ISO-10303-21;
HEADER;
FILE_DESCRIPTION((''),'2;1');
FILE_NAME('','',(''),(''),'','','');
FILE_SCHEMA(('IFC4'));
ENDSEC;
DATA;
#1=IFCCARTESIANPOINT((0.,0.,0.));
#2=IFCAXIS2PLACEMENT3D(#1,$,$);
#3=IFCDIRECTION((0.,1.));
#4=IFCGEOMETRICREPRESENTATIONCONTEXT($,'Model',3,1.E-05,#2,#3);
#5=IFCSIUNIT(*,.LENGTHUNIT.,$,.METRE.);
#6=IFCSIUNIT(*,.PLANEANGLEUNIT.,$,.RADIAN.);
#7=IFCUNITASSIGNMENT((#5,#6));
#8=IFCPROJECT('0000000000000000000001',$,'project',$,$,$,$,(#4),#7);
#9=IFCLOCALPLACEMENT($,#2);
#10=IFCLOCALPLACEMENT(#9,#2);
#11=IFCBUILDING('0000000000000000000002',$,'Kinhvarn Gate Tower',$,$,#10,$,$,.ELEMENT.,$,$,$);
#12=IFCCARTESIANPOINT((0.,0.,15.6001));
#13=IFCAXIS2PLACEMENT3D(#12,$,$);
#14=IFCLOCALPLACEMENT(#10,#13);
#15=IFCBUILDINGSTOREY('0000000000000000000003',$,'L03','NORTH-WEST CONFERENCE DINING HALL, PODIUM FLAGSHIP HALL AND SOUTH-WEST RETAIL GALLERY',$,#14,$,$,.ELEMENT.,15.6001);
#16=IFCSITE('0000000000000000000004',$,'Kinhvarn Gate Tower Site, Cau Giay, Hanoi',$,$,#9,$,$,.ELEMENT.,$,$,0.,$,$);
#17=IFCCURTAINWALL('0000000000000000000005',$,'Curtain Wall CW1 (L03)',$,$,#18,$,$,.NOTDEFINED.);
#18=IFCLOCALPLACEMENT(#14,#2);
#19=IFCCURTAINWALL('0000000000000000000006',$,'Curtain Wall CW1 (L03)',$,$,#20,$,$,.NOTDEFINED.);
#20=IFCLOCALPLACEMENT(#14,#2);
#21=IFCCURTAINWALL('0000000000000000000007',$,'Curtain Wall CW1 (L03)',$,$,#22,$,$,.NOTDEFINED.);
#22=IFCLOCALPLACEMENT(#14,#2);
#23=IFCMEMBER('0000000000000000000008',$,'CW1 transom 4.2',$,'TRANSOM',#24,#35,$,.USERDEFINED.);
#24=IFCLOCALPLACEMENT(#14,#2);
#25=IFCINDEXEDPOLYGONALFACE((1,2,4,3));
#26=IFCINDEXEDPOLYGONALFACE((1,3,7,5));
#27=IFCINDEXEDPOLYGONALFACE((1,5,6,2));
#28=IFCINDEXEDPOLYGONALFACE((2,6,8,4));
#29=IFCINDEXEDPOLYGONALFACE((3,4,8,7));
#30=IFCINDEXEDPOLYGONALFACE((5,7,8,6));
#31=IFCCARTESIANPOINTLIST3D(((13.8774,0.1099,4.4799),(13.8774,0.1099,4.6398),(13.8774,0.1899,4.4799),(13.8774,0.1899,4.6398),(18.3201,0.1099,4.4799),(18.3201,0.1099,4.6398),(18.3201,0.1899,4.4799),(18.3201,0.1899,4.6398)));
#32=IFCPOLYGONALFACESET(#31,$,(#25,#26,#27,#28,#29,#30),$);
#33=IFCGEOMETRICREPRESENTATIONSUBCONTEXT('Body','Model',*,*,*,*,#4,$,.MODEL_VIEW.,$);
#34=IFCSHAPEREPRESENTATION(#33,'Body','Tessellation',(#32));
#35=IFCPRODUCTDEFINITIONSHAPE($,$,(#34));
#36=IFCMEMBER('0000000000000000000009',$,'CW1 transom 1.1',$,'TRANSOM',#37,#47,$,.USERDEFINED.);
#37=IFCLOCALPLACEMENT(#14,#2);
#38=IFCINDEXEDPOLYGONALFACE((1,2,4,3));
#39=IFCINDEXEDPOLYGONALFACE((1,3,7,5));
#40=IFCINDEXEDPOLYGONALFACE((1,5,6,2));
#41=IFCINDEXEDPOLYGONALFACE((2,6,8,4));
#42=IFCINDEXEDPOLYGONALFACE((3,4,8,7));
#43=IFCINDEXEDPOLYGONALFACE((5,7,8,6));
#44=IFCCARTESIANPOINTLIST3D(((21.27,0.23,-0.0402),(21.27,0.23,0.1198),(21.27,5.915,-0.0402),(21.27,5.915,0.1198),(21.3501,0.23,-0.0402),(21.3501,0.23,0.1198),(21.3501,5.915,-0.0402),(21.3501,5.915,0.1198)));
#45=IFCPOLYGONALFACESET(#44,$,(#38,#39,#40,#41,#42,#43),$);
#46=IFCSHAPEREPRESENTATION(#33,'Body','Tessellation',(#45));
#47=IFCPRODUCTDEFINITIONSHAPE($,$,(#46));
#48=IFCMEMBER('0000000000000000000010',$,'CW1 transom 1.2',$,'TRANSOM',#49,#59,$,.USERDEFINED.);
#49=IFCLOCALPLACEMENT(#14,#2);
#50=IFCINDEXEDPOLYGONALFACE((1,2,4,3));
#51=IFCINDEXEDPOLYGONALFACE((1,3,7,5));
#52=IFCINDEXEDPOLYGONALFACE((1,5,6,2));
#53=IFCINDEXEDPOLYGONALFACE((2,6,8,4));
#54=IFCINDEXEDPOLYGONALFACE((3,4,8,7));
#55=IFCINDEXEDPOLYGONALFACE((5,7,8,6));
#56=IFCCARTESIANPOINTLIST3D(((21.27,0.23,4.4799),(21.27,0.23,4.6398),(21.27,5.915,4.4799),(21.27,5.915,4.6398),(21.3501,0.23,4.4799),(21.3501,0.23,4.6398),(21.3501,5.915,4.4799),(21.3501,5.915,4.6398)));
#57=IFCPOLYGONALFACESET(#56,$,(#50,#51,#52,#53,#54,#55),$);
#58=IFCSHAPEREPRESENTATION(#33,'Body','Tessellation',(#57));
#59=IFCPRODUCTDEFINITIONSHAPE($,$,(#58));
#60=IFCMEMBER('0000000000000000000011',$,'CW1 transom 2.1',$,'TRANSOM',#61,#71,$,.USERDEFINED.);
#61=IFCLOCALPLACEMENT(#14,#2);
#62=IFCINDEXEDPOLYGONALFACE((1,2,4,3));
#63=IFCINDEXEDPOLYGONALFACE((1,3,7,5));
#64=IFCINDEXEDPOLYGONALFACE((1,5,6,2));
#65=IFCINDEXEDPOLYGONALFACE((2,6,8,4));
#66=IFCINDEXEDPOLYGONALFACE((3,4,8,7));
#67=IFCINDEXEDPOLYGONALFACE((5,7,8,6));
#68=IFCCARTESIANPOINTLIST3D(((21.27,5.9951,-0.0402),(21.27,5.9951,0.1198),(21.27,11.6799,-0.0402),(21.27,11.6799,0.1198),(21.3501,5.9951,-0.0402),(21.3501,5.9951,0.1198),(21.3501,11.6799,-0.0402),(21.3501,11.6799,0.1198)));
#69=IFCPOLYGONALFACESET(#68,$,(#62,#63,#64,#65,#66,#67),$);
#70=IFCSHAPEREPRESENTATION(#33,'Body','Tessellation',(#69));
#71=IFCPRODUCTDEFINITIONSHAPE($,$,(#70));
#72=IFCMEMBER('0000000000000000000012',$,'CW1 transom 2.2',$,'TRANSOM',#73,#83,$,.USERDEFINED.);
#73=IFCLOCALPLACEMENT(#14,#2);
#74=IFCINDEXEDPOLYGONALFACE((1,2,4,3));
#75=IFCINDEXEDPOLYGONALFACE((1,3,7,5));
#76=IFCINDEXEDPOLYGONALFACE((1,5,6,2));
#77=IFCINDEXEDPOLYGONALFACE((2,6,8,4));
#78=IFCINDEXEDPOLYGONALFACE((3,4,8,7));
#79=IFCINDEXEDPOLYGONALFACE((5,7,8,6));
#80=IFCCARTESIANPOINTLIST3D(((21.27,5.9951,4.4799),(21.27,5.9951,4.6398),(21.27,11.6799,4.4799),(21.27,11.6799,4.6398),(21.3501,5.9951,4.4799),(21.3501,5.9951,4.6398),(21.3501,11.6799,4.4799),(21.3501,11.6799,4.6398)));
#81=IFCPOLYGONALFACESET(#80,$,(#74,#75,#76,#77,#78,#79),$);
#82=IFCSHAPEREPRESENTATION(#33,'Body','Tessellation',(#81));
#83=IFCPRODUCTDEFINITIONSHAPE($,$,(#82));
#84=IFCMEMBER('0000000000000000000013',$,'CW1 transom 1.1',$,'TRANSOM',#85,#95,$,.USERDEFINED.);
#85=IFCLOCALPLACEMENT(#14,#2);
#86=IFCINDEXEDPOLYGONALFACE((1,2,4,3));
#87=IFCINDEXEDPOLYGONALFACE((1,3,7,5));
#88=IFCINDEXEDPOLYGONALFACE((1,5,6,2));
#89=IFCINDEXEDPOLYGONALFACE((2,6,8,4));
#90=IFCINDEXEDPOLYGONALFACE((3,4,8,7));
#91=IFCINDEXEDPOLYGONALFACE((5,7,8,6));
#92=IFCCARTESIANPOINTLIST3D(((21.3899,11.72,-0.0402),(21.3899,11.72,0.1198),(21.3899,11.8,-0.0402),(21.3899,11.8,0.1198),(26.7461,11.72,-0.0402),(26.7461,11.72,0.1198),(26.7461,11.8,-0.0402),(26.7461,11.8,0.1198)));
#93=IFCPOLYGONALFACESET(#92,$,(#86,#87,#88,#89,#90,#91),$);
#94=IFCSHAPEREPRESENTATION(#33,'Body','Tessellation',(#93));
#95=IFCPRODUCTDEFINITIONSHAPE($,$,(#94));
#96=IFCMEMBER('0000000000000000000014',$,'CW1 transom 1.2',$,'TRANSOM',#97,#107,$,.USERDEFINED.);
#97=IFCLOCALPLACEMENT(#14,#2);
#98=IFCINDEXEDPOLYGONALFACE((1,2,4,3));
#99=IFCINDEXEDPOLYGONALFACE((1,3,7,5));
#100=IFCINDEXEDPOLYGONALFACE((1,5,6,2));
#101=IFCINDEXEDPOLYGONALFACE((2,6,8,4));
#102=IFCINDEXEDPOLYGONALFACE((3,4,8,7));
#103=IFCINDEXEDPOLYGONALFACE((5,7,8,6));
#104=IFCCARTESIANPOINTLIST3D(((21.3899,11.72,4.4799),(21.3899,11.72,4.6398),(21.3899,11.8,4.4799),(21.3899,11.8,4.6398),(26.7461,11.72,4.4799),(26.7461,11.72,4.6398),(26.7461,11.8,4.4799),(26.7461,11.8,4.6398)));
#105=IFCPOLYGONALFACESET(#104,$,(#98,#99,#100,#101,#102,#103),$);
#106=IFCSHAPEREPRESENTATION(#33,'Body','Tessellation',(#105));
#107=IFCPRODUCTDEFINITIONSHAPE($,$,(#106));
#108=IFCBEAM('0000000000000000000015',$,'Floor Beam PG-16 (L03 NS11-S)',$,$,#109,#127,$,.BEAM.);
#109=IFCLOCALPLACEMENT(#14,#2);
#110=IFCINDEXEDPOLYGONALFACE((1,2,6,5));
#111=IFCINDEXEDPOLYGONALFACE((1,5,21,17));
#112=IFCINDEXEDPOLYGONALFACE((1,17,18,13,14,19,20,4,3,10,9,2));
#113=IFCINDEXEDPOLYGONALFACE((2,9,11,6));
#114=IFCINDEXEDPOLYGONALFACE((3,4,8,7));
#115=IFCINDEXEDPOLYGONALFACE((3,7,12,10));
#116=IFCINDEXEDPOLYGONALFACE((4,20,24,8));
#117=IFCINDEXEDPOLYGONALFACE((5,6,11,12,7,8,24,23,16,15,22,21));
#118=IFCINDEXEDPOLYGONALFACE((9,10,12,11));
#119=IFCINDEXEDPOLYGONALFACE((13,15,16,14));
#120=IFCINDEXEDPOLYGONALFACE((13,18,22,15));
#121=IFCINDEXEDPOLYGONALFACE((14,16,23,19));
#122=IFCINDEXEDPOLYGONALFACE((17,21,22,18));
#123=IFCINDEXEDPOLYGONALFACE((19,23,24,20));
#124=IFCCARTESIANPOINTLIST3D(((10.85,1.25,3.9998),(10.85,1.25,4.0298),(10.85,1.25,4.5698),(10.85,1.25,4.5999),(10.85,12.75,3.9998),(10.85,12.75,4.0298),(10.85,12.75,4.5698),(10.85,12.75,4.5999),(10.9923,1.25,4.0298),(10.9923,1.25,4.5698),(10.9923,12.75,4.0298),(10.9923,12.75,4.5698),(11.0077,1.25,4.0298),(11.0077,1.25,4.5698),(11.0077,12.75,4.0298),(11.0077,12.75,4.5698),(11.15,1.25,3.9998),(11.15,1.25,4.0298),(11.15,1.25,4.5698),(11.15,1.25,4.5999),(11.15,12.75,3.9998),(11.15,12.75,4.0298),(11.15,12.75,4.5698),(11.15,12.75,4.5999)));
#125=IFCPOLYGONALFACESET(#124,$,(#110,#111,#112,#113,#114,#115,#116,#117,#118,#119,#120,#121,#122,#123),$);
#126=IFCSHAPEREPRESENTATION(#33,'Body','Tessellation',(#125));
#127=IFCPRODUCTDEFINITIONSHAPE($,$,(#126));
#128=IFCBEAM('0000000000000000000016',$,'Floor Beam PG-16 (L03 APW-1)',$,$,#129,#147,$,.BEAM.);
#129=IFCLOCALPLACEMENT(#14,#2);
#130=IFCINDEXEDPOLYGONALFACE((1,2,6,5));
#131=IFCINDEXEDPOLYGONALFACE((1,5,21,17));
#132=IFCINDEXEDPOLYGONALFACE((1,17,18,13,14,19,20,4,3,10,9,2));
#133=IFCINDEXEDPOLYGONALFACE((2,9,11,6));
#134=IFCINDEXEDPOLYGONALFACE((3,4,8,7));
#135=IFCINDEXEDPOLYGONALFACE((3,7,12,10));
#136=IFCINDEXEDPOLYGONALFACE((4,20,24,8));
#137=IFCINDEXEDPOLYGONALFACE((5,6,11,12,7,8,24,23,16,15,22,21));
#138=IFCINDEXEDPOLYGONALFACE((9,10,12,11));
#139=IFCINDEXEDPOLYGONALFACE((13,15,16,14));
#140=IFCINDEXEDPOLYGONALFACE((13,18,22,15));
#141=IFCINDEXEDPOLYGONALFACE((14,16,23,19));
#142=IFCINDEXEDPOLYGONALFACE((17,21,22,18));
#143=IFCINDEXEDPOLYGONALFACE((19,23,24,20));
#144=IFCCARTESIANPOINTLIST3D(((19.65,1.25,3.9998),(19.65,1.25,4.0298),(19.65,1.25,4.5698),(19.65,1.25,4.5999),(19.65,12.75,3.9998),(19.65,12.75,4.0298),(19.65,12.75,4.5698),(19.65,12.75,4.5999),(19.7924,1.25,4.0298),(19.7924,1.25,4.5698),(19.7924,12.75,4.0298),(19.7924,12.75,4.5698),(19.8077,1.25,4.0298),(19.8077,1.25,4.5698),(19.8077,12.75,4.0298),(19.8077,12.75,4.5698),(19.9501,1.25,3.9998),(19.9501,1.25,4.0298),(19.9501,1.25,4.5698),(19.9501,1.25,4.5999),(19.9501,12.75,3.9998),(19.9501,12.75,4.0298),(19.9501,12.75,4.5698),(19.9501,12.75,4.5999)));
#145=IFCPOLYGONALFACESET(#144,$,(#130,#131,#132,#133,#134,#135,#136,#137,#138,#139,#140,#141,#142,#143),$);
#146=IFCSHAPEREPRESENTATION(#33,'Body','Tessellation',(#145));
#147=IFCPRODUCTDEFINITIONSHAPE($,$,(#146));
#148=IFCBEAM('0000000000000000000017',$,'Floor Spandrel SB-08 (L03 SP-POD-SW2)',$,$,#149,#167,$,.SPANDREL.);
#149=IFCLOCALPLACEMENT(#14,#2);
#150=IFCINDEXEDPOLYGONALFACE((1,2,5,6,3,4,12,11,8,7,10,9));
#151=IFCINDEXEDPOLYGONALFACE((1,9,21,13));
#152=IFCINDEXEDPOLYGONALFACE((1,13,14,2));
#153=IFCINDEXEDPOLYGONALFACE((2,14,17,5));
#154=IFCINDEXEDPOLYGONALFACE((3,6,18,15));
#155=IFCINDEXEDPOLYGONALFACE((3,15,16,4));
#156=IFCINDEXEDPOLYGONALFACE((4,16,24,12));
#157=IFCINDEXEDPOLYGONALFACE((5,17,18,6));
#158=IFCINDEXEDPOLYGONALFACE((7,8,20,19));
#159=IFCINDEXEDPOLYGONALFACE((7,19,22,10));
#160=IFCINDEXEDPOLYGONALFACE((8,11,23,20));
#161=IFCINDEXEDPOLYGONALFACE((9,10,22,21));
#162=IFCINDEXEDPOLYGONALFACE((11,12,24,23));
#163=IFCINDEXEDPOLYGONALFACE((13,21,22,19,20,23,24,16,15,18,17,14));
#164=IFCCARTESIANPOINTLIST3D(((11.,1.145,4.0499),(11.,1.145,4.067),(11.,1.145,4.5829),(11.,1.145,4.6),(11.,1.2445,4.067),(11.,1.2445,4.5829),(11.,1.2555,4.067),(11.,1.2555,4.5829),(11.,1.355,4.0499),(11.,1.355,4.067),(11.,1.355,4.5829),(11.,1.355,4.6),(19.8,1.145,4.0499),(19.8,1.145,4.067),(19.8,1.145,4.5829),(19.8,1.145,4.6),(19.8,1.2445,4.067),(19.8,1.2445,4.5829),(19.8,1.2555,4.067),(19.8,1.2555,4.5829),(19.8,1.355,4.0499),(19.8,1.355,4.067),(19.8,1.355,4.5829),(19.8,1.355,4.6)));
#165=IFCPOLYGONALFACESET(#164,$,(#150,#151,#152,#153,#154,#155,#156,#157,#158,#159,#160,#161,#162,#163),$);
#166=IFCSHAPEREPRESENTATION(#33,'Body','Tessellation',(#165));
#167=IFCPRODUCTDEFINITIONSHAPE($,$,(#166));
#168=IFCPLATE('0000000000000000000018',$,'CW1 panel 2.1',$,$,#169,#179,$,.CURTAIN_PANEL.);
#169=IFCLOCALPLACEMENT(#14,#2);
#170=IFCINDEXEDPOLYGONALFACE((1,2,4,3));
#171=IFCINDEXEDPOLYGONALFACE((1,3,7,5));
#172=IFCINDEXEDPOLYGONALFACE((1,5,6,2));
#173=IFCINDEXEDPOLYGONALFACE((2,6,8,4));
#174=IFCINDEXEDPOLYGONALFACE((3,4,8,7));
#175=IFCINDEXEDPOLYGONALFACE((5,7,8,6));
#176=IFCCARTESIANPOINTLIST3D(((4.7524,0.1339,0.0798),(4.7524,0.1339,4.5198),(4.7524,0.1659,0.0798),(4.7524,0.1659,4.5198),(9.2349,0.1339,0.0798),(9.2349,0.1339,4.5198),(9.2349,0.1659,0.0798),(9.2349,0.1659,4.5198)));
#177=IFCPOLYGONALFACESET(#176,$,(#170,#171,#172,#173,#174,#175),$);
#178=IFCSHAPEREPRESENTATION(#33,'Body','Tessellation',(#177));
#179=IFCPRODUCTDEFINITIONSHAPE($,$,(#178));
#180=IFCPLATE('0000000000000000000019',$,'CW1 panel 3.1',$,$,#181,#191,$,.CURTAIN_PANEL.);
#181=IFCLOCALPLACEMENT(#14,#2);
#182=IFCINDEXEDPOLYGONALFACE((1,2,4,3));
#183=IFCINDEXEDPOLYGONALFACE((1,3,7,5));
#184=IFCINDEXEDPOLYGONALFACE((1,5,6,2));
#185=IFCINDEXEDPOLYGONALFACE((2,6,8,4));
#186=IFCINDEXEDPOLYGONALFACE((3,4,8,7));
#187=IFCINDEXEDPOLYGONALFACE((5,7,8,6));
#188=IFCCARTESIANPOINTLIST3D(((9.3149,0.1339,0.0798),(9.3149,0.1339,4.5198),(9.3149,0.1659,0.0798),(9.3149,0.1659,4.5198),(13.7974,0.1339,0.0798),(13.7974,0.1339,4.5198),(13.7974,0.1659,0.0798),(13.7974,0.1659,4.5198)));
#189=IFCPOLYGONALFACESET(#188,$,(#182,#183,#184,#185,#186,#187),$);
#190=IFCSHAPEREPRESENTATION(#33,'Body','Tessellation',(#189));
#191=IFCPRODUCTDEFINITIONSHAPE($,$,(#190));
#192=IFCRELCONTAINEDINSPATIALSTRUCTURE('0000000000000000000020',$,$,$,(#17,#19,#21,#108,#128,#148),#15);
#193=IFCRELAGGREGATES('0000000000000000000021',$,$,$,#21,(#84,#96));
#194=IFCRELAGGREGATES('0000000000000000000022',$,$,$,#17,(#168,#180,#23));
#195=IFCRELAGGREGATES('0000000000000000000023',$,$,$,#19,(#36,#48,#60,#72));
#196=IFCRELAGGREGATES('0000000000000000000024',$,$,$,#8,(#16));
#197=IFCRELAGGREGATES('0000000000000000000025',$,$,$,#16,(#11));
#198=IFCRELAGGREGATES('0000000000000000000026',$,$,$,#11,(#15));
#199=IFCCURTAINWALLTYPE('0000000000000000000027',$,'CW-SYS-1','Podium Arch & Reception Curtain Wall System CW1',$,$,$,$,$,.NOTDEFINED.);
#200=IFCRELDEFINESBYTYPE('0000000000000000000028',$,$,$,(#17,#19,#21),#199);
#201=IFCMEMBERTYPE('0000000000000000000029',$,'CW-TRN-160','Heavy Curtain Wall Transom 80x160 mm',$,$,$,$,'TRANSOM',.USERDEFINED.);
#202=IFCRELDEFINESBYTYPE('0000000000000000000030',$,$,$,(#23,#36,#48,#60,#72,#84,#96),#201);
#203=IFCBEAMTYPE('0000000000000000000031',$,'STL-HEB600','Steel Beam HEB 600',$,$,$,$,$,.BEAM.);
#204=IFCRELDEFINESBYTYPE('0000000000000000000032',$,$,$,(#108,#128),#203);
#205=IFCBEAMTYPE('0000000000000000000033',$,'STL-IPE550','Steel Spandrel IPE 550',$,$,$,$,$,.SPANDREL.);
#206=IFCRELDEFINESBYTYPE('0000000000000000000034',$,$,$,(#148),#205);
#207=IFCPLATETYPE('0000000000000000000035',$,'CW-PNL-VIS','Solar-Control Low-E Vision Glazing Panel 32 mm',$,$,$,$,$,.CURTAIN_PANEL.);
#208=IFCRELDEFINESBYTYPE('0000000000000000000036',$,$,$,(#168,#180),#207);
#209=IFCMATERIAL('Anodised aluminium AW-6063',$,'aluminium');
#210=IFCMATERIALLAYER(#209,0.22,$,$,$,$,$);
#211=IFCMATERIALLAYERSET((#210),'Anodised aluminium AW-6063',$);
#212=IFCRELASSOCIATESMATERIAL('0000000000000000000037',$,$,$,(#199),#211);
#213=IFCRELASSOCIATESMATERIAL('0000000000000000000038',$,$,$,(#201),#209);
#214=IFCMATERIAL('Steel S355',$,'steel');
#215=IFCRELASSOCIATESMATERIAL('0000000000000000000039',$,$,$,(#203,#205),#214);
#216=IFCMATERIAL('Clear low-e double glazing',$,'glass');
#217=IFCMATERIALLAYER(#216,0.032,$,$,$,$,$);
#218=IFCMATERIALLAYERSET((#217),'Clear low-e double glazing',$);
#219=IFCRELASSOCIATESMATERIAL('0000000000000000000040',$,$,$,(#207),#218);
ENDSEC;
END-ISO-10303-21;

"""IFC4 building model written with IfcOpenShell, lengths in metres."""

from ifc_helpers import new_model, si_unit, direction, frame, origin, origin_2d, place, context, subcontext, project, spatial, rectangle, i_section, extrude, material, layer, layer_set, material_profile, profile_set, type_object, element, aggregate, save


model = new_model("IFC4")

# Units and contexts
model_context = context("Model", 3, precision=1e-05, world=origin(), true_north=direction((0.0, 1.0)))
body_context = subcontext(model_context, "Body", "Model", "MODEL_VIEW")
ifc_project = project(units=[si_unit("LENGTHUNIT", "METRE"), si_unit("PLANEANGLEUNIT", "RADIAN")], contexts=[model_context])

# Site, building, storey
site_placement = place(None, origin())
site = spatial("IfcSite", under=ifc_project, at=site_placement, Name="Kinhvarn Gate Tower Site, Cau Giay, Hanoi", CompositionType="ELEMENT", RefElevation=0.0)
building_placement = place(site_placement, origin())
building = spatial("IfcBuilding", under=site, at=building_placement, Name="Kinhvarn Gate Tower", CompositionType="ELEMENT")
storey_placement = place(building_placement, frame((0.0, 0.0, 15.6001)))
storey = spatial("IfcBuildingStorey", under=building, at=storey_placement, Name="L03", Description="NORTH-WEST CONFERENCE DINING HALL, PODIUM FLAGSHIP HALL AND SOUTH-WEST RETAIL GALLERY", CompositionType="ELEMENT", Elevation=15.6001)

# Curtain walls
ifc_material_1 = material(Name="Anodised aluminium AW-6063", Category="aluminium")
ifc_layer_1 = layer(ifc_material_1, 0.22)
ifc_layer_set_1 = layer_set([ifc_layer_1], Name="Anodised aluminium AW-6063")
curtain_wall_type = type_object("IfcCurtainWallType", Name="CW-SYS-1", Description="Podium Arch & Reception Curtain Wall System CW1", PredefinedType="NOTDEFINED", material=ifc_layer_set_1)
curtain_wall_1_placement = place(storey_placement, origin())
curtain_wall_1 = element("IfcCurtainWall", 1, at=curtain_wall_1_placement, inside=storey, type_object=curtain_wall_type, Name="Curtain Wall CW1 (L03)", PredefinedType="NOTDEFINED")
curtain_wall_2_placement = place(storey_placement, origin())
curtain_wall_2 = element("IfcCurtainWall", 2, at=curtain_wall_2_placement, inside=storey, type_object=curtain_wall_type, Name="Curtain Wall CW1 (L03)", PredefinedType="NOTDEFINED")

# Curtain wall
curtain_wall_3_placement = place(storey_placement, origin())
curtain_wall_3 = element("IfcCurtainWall", 3, at=curtain_wall_3_placement, inside=storey, type_object=curtain_wall_type, Name="Curtain Wall CW1 (L03)", PredefinedType="NOTDEFINED")

# Members
ifc_material_profile_1 = material_profile(ifc_material_1, rectangle(XDim=0.0801, YDim=0.1599, at=origin_2d()), Name="ALU 80x160")
ifc_profile_set_1 = profile_set([ifc_material_profile_1], Name="Anodised aluminium AW-6063")
member_type_1 = type_object("IfcMemberType", Name="CW-TRN-160", Description="Heavy Curtain Wall Transom 80x160 mm", ElementType="TRANSOM", PredefinedType="USERDEFINED", material=ifc_profile_set_1)
member_1_placement = place(storey_placement, frame((13.8774, 0.1499, 4.5598), z_axis=(1.0, 0.0, 0.0), x_axis=(0.0, 1.0, 0.0)))
member_1 = element("IfcMember", 4, at=member_1_placement, type_object=member_type_1, Name="CW1 transom 4.2", ObjectType="TRANSOM", PredefinedType="USERDEFINED", context=body_context, shape_type="SweptSolid", body=[
    extrude(rectangle(XDim=0.0801, YDim=0.1599, at=origin_2d()), origin(), (0.0, 0.0, 1.0), 4.4426),
])
member_2_placement = place(storey_placement, frame((21.3101, 0.23, 0.0398), z_axis=(0.0, 1.0, 0.0), x_axis=(-1.0, 0.0, 0.0)))
member_2 = element("IfcMember", 5, at=member_2_placement, type_object=member_type_1, Name="CW1 transom 1.1", ObjectType="TRANSOM", PredefinedType="USERDEFINED", context=body_context, shape_type="SweptSolid", body=[
    extrude(rectangle(XDim=0.0801, YDim=0.1599, at=origin_2d()), origin(), (0.0, 0.0, 1.0), 5.6851),
])
member_3_placement = place(storey_placement, frame((21.3101, 0.23, 4.5598), z_axis=(0.0, 1.0, 0.0), x_axis=(-1.0, 0.0, 0.0)))
member_3 = element("IfcMember", 6, at=member_3_placement, type_object=member_type_1, Name="CW1 transom 1.2", ObjectType="TRANSOM", PredefinedType="USERDEFINED", context=body_context, shape_type="SweptSolid", body=[
    extrude(rectangle(XDim=0.0801, YDim=0.1599, at=origin_2d()), origin(), (0.0, 0.0, 1.0), 5.6851),
])
member_4_placement = place(storey_placement, frame((21.3101, 5.9951, 0.0398), z_axis=(0.0, 1.0, 0.0), x_axis=(-1.0, 0.0, 0.0)))
member_4 = element("IfcMember", 7, at=member_4_placement, type_object=member_type_1, Name="CW1 transom 2.1", ObjectType="TRANSOM", PredefinedType="USERDEFINED", context=body_context, shape_type="SweptSolid", body=[
    extrude(rectangle(XDim=0.0801, YDim=0.1599, at=origin_2d()), origin(), (0.0, 0.0, 1.0), 5.6848),
])
member_5_placement = place(storey_placement, frame((21.3101, 5.9951, 4.5598), z_axis=(0.0, 1.0, 0.0), x_axis=(-1.0, 0.0, 0.0)))
member_5 = element("IfcMember", 8, at=member_5_placement, type_object=member_type_1, Name="CW1 transom 2.2", ObjectType="TRANSOM", PredefinedType="USERDEFINED", context=body_context, shape_type="SweptSolid", body=[
    extrude(rectangle(XDim=0.0801, YDim=0.1599, at=origin_2d()), origin(), (0.0, 0.0, 1.0), 5.6848),
])
member_6_placement = place(storey_placement, frame((21.3899, 11.76, 0.0398), z_axis=(1.0, 0.0, 0.0), x_axis=(0.0, 1.0, 0.0)))
member_6 = element("IfcMember", 9, at=member_6_placement, type_object=member_type_1, Name="CW1 transom 1.1", ObjectType="TRANSOM", PredefinedType="USERDEFINED", context=body_context, shape_type="SweptSolid", body=[
    extrude(rectangle(XDim=0.0801, YDim=0.1599, at=origin_2d()), origin(), (0.0, 0.0, 1.0), 5.3562),
])
member_7_placement = place(storey_placement, frame((21.3899, 11.76, 4.5598), z_axis=(1.0, 0.0, 0.0), x_axis=(0.0, 1.0, 0.0)))
member_7 = element("IfcMember", 10, at=member_7_placement, type_object=member_type_1, Name="CW1 transom 1.2", ObjectType="TRANSOM", PredefinedType="USERDEFINED", context=body_context, shape_type="SweptSolid", body=[
    extrude(rectangle(XDim=0.0801, YDim=0.1599, at=origin_2d()), origin(), (0.0, 0.0, 1.0), 5.3562),
])
aggregate(curtain_wall_3, [member_6, member_7])

# Beams
ifc_material_2 = material(Name="Steel S355", Category="steel")
ifc_material_profile_2 = material_profile(ifc_material_2, i_section(OverallWidth=0.3, OverallDepth=0.6001, WebThickness=0.0154, FlangeThickness=0.03, at=origin_2d()), Name="HEB 600")
ifc_profile_set_2 = profile_set([ifc_material_profile_2], Name="Steel S355")
beam_type_1 = type_object("IfcBeamType", Name="STL-HEB600", Description="Steel Beam HEB 600", PredefinedType="BEAM", material=ifc_profile_set_2)
for number, where, z_axis, x_axis, name in (
    (11, (11.0, 1.25, 4.2998), (0.0, 1.0, 0.0), (-1.0, 0.0, 0.0), "Floor Beam PG-16 (L03 NS11-S)"),
    (12, (19.8, 1.25, 4.2998), (0.0, 1.0, 0.0), (-1.0, 0.0, 0.0), "Floor Beam PG-16 (L03 APW-1)"),
):
    element("IfcBeam", number, at=place(storey_placement, frame(where, z_axis=z_axis, x_axis=x_axis)), inside=storey, type_object=beam_type_1, Name=name, PredefinedType="BEAM", context=body_context, shape_type="SweptSolid", body=[
        extrude(i_section(OverallWidth=0.3, OverallDepth=0.6001, WebThickness=0.0154, FlangeThickness=0.03, at=origin_2d()), origin(), (0.0, 0.0, 1.0), 11.5),
    ])
ifc_material_profile_3 = material_profile(ifc_material_2, i_section(OverallWidth=0.21, OverallDepth=0.55, WebThickness=0.011, FlangeThickness=0.0171, at=origin_2d()), Name="IPE 550")
ifc_profile_set_3 = profile_set([ifc_material_profile_3], Name="Steel S355")
beam_type_2 = type_object("IfcBeamType", Name="STL-IPE550", Description="Steel Spandrel IPE 550", PredefinedType="SPANDREL", material=ifc_profile_set_3)
beam_1_placement = place(storey_placement, frame((11.0, 1.25, 4.325), z_axis=(1.0, 0.0, 0.0), x_axis=(0.0, 1.0, 0.0)))
element("IfcBeam", 13, at=beam_1_placement, inside=storey, type_object=beam_type_2, Name="Floor Spandrel SB-08 (L03 SP-POD-SW2)", PredefinedType="SPANDREL", context=body_context, shape_type="SweptSolid", body=[
    extrude(i_section(OverallWidth=0.21, OverallDepth=0.55, WebThickness=0.011, FlangeThickness=0.0171, at=origin_2d()), origin(), (0.0, 0.0, 1.0), 8.8),
])

# Plates
ifc_material_3 = material(Name="Clear low-e double glazing", Category="glass")
ifc_layer_2 = layer(ifc_material_3, 0.032)
ifc_layer_set_2 = layer_set([ifc_layer_2], Name="Clear low-e double glazing")
plate_type = type_object("IfcPlateType", Name="CW-PNL-VIS", Description="Solar-Control Low-E Vision Glazing Panel 32 mm", PredefinedType="CURTAIN_PANEL", material=ifc_layer_set_2)
plate_1_placement = place(storey_placement, frame((6.9937, 0.1499, 0.0798), z_axis=(0.0, 0.0, 1.0), x_axis=(1.0, 0.0, 0.0)))
plate_1 = element("IfcPlate", 14, at=plate_1_placement, type_object=plate_type, Name="CW1 panel 2.1", PredefinedType="CURTAIN_PANEL", context=body_context, shape_type="SweptSolid", body=[
    extrude(rectangle(XDim=4.4824, YDim=0.032, at=origin_2d()), origin(), (0.0, 0.0, 1.0), 4.4399),
])
plate_2_placement = place(storey_placement, frame((11.5562, 0.1499, 0.0798), z_axis=(0.0, 0.0, 1.0), x_axis=(1.0, 0.0, 0.0)))
plate_2 = element("IfcPlate", 15, at=plate_2_placement, type_object=plate_type, Name="CW1 panel 3.1", PredefinedType="CURTAIN_PANEL", context=body_context, shape_type="SweptSolid", body=[
    extrude(rectangle(XDim=4.4824, YDim=0.032, at=origin_2d()), origin(), (0.0, 0.0, 1.0), 4.4399),
])
aggregate(curtain_wall_1, [plate_1, plate_2, member_1])
aggregate(curtain_wall_2, [member_2, member_3, member_4, member_5])

save(model, "model.ifc")
